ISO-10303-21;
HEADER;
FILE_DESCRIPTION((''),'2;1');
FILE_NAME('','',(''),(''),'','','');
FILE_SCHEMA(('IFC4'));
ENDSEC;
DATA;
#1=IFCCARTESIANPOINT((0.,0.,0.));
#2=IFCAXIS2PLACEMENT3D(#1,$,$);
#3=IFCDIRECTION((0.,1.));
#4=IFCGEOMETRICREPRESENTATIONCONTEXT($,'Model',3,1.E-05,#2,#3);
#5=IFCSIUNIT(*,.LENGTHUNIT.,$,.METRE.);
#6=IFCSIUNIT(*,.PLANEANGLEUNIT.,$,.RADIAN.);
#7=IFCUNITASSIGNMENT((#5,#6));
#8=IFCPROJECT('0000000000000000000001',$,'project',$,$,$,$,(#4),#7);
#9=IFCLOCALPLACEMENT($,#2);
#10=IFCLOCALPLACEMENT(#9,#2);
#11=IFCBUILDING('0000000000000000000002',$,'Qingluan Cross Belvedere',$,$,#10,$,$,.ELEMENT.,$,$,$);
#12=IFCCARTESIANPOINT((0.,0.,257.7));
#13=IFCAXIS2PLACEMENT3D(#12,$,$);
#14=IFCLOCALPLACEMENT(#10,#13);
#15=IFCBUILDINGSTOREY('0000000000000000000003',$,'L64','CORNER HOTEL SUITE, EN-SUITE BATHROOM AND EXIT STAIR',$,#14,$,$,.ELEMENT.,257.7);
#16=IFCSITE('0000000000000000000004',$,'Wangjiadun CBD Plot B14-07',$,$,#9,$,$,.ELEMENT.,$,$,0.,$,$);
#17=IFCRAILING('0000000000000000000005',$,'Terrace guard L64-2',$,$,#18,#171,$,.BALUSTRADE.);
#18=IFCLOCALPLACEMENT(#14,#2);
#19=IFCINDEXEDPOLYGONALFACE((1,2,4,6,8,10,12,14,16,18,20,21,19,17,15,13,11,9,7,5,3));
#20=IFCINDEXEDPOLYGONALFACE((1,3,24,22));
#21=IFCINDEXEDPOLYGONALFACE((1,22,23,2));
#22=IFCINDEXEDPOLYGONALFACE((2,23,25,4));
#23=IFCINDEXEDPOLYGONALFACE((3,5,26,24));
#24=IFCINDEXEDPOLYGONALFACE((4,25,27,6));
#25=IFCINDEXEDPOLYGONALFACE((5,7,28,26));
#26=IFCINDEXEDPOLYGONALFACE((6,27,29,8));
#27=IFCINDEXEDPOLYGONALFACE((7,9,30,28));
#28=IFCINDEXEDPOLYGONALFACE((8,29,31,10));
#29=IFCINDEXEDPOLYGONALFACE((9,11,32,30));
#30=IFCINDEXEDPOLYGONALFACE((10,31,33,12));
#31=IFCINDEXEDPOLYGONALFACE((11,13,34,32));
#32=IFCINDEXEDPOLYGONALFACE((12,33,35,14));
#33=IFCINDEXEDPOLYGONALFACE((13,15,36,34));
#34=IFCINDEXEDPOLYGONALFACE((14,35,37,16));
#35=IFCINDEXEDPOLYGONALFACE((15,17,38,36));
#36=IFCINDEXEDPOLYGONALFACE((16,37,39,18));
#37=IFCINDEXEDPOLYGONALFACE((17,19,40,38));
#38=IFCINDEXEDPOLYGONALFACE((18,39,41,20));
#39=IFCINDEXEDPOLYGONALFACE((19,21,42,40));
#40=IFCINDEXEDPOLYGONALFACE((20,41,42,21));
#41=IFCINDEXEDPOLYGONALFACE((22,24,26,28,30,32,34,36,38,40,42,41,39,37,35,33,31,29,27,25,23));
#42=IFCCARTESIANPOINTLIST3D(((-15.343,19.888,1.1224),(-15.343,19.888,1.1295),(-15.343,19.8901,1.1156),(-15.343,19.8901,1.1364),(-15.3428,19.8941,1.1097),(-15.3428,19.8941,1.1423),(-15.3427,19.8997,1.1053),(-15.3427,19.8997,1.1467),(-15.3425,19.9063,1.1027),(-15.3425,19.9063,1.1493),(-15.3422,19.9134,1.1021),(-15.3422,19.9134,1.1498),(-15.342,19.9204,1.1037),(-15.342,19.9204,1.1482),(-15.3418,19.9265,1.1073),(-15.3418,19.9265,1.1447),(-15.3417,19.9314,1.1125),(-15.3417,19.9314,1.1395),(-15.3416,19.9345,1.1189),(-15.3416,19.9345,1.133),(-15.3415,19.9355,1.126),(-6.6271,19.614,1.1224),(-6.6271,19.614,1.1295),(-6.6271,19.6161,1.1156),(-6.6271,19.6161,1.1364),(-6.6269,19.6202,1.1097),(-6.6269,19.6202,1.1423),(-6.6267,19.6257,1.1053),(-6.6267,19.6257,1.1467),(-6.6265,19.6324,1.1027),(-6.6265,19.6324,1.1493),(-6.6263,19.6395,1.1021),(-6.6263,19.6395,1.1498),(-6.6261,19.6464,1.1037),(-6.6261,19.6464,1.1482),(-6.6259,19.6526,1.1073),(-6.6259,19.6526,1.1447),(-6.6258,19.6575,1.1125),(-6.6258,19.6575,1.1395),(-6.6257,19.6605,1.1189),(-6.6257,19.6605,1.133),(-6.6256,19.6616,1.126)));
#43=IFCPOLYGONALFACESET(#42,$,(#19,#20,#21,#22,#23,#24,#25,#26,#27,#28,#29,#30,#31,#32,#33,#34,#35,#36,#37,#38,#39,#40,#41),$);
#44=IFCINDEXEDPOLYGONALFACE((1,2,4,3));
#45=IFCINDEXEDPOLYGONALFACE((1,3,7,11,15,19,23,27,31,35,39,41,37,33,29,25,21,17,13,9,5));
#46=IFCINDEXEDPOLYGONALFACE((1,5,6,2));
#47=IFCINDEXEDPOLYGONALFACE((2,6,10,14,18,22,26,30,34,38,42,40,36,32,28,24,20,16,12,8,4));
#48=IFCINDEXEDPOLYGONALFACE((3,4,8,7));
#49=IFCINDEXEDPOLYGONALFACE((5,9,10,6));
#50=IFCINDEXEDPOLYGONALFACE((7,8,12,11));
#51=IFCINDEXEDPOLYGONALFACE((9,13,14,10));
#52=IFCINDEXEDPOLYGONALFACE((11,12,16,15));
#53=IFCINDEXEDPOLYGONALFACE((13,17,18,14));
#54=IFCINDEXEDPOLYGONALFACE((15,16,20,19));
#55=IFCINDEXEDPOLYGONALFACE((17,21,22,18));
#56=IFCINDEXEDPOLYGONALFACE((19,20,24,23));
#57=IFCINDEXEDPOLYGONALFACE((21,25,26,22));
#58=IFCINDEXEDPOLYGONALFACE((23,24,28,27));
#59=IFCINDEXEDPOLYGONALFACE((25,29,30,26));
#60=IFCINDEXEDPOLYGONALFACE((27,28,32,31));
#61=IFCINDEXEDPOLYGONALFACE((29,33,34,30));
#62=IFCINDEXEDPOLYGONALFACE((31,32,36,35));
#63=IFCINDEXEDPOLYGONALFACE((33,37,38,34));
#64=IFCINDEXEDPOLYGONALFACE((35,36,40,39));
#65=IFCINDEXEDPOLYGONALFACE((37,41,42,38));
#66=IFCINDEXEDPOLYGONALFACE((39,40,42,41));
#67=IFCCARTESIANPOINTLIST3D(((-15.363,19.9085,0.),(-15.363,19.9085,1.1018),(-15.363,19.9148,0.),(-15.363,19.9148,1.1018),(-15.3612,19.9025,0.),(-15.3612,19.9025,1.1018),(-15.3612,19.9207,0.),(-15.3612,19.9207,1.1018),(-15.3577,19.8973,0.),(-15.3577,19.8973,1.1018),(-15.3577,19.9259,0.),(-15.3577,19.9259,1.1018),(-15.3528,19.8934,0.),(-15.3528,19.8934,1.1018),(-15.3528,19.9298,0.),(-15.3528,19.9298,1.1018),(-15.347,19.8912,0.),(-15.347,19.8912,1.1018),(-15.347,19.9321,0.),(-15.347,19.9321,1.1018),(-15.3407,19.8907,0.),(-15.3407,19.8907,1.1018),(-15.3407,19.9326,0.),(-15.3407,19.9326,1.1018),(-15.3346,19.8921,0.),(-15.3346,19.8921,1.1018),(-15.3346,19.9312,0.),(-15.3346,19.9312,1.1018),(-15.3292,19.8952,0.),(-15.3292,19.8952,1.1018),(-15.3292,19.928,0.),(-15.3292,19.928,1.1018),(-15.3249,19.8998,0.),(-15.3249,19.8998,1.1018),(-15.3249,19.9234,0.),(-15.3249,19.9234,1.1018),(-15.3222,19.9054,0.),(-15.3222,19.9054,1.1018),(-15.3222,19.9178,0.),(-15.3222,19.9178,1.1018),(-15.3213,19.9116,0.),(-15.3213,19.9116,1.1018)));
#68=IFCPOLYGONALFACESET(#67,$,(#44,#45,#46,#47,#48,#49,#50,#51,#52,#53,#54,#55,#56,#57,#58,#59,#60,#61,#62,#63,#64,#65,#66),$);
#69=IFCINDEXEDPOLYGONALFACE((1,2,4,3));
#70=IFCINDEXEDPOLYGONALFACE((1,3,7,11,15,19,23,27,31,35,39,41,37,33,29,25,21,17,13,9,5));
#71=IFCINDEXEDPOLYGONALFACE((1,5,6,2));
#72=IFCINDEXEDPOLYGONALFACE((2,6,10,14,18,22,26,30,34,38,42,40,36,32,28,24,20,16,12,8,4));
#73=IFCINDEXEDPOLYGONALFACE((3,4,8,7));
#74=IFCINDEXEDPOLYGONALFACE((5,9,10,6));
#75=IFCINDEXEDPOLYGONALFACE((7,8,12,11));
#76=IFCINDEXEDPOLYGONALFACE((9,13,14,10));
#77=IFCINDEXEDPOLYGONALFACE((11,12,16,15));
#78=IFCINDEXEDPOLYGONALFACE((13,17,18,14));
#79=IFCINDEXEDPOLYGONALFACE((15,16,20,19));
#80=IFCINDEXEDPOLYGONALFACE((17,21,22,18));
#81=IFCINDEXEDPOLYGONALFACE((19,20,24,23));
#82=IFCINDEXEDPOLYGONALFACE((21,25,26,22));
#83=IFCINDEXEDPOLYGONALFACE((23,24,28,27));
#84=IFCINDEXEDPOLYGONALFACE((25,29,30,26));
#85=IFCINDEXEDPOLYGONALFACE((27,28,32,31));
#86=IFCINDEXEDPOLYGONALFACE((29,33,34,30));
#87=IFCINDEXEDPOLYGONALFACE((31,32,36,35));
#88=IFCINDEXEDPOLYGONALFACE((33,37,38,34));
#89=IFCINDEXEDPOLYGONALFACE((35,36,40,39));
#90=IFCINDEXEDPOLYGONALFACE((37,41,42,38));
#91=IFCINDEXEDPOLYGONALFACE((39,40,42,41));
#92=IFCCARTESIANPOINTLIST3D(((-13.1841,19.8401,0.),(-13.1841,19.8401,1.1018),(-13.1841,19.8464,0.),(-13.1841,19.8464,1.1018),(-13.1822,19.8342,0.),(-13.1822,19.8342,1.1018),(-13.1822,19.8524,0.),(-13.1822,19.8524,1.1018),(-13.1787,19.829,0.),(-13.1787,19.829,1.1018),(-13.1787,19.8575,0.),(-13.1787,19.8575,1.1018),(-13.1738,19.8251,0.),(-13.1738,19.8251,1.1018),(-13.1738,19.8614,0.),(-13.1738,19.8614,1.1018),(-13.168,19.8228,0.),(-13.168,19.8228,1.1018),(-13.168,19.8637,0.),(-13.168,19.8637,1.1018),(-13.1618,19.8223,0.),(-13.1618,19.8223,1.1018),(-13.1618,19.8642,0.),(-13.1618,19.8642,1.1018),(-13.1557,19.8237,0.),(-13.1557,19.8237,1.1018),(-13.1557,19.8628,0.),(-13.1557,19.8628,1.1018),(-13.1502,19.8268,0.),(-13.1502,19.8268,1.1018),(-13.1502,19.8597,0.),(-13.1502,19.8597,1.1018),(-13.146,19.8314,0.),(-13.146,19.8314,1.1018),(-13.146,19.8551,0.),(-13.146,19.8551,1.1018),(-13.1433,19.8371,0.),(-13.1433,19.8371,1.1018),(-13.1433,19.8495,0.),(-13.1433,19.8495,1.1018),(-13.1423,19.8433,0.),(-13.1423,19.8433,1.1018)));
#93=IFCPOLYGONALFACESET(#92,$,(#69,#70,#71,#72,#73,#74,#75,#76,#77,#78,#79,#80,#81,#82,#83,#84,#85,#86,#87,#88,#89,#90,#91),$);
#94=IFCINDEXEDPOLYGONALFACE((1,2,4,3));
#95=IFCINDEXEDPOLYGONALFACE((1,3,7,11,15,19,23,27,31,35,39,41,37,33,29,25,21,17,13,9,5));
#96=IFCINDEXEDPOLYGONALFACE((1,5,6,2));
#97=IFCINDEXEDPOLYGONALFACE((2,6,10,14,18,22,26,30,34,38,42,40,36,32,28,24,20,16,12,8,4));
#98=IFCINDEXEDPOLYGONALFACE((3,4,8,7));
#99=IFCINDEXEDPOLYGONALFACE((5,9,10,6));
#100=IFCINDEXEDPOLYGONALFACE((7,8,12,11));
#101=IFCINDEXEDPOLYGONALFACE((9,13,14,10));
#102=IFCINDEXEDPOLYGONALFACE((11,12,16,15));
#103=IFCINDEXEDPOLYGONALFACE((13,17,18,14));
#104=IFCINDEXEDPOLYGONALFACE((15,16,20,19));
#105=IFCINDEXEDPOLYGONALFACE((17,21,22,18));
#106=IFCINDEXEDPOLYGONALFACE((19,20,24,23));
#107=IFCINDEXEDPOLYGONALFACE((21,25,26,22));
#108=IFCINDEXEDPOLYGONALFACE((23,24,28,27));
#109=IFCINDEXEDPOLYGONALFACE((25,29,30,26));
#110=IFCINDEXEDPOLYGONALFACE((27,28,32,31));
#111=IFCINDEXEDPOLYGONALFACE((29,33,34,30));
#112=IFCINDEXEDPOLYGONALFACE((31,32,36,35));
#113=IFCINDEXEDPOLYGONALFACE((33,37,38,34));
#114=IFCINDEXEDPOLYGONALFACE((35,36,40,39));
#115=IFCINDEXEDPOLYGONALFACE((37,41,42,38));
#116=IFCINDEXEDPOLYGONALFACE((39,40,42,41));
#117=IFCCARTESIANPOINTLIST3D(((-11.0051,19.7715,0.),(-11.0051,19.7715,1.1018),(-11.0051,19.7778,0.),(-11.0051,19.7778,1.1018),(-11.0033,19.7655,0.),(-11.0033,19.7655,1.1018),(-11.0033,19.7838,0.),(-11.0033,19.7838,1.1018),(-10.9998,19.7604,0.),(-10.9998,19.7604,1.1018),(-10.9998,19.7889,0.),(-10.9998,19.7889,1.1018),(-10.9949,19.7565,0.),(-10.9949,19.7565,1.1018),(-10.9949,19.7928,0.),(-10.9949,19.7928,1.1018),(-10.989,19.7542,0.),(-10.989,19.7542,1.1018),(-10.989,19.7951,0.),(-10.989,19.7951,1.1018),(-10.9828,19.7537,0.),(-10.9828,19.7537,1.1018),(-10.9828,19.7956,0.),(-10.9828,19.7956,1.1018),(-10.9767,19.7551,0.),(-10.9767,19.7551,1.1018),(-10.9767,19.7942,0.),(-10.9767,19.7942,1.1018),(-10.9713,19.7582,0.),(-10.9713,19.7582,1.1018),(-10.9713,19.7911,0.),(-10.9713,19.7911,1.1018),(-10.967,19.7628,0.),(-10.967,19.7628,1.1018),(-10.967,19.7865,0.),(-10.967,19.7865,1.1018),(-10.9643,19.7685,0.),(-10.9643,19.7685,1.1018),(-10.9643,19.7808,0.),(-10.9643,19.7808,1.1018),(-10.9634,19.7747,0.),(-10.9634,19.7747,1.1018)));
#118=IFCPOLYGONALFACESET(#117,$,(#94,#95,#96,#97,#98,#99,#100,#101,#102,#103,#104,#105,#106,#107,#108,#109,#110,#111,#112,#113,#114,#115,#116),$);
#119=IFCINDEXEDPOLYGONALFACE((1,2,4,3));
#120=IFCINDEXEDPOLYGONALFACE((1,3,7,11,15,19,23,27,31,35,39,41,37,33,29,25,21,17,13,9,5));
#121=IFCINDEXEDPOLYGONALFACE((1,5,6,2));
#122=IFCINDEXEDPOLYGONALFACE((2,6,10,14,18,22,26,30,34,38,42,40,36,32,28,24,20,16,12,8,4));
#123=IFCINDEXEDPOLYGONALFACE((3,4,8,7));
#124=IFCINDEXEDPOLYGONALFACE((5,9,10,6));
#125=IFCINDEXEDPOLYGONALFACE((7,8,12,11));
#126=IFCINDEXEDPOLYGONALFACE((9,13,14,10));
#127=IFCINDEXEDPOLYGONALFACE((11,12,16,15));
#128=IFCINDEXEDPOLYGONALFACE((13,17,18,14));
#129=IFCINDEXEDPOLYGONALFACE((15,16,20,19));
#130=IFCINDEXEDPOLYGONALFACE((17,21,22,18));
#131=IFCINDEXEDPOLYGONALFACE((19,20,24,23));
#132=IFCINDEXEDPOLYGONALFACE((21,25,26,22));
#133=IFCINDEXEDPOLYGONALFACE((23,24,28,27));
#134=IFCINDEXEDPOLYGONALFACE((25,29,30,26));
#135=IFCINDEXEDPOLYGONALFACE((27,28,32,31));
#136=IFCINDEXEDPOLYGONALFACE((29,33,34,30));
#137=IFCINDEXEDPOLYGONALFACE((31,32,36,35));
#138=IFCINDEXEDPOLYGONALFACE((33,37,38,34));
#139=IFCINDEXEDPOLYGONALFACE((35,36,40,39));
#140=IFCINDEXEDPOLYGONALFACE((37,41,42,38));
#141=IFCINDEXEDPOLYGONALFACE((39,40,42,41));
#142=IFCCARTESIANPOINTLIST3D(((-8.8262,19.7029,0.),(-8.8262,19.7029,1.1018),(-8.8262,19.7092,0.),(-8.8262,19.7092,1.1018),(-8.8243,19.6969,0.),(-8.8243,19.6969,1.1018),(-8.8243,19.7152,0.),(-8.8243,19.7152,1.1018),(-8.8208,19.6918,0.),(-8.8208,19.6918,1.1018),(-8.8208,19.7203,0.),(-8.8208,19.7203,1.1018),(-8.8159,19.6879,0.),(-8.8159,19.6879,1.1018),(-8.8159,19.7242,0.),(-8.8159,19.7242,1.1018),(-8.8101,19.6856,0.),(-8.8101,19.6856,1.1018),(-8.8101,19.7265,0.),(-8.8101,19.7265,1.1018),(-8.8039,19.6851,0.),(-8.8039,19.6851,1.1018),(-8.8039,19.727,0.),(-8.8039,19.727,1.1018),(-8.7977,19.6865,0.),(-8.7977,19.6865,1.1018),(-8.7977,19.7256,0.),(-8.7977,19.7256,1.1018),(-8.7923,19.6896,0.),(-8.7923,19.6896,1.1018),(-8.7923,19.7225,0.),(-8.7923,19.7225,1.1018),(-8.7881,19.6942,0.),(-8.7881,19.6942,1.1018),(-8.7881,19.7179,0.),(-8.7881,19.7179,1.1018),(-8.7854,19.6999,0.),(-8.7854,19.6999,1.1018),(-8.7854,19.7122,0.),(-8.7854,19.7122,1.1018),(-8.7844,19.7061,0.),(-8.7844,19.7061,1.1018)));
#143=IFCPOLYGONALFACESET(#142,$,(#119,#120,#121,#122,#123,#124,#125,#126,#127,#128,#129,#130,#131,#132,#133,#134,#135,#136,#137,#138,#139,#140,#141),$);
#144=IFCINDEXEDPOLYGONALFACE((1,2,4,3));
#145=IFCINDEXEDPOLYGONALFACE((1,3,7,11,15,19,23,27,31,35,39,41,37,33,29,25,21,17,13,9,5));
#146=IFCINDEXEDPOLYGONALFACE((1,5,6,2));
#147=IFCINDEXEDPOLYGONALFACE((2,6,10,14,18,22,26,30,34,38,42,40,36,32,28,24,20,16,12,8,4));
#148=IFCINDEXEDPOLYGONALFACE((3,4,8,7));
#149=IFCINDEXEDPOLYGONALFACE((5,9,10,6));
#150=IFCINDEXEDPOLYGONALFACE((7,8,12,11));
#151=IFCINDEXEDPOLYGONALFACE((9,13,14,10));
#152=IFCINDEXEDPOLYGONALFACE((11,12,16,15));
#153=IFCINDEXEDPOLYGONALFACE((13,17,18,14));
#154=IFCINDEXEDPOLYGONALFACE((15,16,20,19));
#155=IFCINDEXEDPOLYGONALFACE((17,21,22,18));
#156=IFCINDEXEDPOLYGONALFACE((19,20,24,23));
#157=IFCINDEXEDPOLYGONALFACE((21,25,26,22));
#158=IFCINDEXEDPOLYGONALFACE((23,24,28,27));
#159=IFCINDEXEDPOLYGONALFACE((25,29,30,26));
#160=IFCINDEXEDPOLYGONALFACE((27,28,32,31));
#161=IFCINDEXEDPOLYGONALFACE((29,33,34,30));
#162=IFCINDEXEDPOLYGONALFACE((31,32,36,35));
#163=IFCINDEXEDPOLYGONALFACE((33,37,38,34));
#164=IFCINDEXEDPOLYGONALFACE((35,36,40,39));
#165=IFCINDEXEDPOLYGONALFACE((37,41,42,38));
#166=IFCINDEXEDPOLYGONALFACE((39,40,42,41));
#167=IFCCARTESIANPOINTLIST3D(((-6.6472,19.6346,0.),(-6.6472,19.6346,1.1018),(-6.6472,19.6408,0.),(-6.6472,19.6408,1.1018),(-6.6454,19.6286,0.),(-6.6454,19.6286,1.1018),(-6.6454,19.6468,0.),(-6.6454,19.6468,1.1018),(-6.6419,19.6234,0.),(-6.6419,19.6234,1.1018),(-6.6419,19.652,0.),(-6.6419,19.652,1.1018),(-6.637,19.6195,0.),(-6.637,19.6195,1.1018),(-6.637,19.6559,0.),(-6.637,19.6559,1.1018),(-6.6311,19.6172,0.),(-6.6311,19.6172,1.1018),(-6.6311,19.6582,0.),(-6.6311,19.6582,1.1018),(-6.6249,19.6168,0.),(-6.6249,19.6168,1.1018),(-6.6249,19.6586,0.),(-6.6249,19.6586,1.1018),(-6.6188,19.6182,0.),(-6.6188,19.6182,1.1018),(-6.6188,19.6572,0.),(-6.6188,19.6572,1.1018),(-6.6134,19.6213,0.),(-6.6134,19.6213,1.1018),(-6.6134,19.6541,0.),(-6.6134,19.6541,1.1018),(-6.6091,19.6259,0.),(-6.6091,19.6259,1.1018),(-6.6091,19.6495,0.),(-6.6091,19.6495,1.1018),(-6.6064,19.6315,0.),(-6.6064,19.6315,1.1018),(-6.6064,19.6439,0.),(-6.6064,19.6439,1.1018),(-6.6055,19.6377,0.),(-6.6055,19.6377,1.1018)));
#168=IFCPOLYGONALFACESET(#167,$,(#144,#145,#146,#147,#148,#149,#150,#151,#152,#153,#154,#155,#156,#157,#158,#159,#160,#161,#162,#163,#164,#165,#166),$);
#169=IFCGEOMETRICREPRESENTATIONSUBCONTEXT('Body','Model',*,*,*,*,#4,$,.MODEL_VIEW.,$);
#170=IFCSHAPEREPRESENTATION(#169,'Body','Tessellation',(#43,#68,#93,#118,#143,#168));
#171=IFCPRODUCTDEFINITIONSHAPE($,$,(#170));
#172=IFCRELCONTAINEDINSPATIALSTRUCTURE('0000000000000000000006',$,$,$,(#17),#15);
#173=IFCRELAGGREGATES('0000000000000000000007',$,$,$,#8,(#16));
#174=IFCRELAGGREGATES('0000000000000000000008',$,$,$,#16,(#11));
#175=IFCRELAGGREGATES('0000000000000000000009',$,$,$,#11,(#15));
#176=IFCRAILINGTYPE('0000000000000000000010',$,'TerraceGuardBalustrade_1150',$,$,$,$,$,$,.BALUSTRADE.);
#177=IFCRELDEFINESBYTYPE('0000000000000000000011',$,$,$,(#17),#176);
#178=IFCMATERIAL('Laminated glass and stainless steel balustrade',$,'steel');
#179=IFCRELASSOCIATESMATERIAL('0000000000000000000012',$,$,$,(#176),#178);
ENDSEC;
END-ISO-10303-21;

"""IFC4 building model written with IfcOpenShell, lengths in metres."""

from ifc_helpers import new_model, si_unit, direction, frame, origin, origin_2d, place, context, subcontext, project, spatial, circle, extrude, material, type_object, element, save


model = new_model("IFC4")

# Units and contexts
model_context = context("Model", 3, precision=1e-05, world=origin(), true_north=direction((0.0, 1.0)))
body_context = subcontext(model_context, "Body", "Model", "MODEL_VIEW")
ifc_project = project(units=[si_unit("LENGTHUNIT", "METRE"), si_unit("PLANEANGLEUNIT", "RADIAN")], contexts=[model_context])

# Site, building, storey
site_placement = place(None, origin())
site = spatial("IfcSite", under=ifc_project, at=site_placement, Name="Wangjiadun CBD Plot B14-07", CompositionType="ELEMENT", RefElevation=0.0)
building_placement = place(site_placement, origin())
building = spatial("IfcBuilding", under=site, at=building_placement, Name="Qingluan Cross Belvedere", CompositionType="ELEMENT")
storey_placement = place(building_placement, frame((0.0, 0.0, 257.7)))
storey = spatial("IfcBuildingStorey", under=building, at=storey_placement, Name="L64", Description="CORNER HOTEL SUITE, EN-SUITE BATHROOM AND EXIT STAIR", CompositionType="ELEMENT", Elevation=257.7)

# Railing
ifc_material_1 = material(Name="Laminated glass and stainless steel balustrade", Category="steel")
railing_type = type_object("IfcRailingType", Name="TerraceGuardBalustrade_1150", PredefinedType="BALUSTRADE", material=ifc_material_1)
railing_1_placement = place(storey_placement, frame((-15.3423, 19.9116, 0.0)))
element("IfcRailing", 1, at=railing_1_placement, inside=storey, type_object=railing_type, Name="Terrace guard L64-2", PredefinedType="BALUSTRADE", context=body_context, shape_type="SweptSolid", body=[
    extrude(circle(Radius=0.0239, at=origin_2d()), frame((0.0, 0.0, 1.126), z_axis=(0.999506, -0.031413, 0.0), x_axis=(0.031413, 0.999506, 0.0)), (0.0, 0.0, 1.0), 8.7202),
    extrude(circle(Radius=0.021, at=origin_2d()), origin(), (0.0, 0.0, 1.0), 1.1018),
    extrude(circle(Radius=0.021, at=origin_2d()), frame((2.179, -0.0684, 0.0)), (0.0, 0.0, 1.0), 1.1018),
    extrude(circle(Radius=0.021, at=origin_2d()), frame((4.3579, -0.137, 0.0)), (0.0, 0.0, 1.0), 1.1018),
    extrude(circle(Radius=0.021, at=origin_2d()), frame((6.5369, -0.2056, 0.0)), (0.0, 0.0, 1.0), 1.1018),
    extrude(circle(Radius=0.021, at=origin_2d()), frame((8.7158, -0.2739, 0.0)), (0.0, 0.0, 1.0), 1.1018),
])

save(model, "model.ifc")
